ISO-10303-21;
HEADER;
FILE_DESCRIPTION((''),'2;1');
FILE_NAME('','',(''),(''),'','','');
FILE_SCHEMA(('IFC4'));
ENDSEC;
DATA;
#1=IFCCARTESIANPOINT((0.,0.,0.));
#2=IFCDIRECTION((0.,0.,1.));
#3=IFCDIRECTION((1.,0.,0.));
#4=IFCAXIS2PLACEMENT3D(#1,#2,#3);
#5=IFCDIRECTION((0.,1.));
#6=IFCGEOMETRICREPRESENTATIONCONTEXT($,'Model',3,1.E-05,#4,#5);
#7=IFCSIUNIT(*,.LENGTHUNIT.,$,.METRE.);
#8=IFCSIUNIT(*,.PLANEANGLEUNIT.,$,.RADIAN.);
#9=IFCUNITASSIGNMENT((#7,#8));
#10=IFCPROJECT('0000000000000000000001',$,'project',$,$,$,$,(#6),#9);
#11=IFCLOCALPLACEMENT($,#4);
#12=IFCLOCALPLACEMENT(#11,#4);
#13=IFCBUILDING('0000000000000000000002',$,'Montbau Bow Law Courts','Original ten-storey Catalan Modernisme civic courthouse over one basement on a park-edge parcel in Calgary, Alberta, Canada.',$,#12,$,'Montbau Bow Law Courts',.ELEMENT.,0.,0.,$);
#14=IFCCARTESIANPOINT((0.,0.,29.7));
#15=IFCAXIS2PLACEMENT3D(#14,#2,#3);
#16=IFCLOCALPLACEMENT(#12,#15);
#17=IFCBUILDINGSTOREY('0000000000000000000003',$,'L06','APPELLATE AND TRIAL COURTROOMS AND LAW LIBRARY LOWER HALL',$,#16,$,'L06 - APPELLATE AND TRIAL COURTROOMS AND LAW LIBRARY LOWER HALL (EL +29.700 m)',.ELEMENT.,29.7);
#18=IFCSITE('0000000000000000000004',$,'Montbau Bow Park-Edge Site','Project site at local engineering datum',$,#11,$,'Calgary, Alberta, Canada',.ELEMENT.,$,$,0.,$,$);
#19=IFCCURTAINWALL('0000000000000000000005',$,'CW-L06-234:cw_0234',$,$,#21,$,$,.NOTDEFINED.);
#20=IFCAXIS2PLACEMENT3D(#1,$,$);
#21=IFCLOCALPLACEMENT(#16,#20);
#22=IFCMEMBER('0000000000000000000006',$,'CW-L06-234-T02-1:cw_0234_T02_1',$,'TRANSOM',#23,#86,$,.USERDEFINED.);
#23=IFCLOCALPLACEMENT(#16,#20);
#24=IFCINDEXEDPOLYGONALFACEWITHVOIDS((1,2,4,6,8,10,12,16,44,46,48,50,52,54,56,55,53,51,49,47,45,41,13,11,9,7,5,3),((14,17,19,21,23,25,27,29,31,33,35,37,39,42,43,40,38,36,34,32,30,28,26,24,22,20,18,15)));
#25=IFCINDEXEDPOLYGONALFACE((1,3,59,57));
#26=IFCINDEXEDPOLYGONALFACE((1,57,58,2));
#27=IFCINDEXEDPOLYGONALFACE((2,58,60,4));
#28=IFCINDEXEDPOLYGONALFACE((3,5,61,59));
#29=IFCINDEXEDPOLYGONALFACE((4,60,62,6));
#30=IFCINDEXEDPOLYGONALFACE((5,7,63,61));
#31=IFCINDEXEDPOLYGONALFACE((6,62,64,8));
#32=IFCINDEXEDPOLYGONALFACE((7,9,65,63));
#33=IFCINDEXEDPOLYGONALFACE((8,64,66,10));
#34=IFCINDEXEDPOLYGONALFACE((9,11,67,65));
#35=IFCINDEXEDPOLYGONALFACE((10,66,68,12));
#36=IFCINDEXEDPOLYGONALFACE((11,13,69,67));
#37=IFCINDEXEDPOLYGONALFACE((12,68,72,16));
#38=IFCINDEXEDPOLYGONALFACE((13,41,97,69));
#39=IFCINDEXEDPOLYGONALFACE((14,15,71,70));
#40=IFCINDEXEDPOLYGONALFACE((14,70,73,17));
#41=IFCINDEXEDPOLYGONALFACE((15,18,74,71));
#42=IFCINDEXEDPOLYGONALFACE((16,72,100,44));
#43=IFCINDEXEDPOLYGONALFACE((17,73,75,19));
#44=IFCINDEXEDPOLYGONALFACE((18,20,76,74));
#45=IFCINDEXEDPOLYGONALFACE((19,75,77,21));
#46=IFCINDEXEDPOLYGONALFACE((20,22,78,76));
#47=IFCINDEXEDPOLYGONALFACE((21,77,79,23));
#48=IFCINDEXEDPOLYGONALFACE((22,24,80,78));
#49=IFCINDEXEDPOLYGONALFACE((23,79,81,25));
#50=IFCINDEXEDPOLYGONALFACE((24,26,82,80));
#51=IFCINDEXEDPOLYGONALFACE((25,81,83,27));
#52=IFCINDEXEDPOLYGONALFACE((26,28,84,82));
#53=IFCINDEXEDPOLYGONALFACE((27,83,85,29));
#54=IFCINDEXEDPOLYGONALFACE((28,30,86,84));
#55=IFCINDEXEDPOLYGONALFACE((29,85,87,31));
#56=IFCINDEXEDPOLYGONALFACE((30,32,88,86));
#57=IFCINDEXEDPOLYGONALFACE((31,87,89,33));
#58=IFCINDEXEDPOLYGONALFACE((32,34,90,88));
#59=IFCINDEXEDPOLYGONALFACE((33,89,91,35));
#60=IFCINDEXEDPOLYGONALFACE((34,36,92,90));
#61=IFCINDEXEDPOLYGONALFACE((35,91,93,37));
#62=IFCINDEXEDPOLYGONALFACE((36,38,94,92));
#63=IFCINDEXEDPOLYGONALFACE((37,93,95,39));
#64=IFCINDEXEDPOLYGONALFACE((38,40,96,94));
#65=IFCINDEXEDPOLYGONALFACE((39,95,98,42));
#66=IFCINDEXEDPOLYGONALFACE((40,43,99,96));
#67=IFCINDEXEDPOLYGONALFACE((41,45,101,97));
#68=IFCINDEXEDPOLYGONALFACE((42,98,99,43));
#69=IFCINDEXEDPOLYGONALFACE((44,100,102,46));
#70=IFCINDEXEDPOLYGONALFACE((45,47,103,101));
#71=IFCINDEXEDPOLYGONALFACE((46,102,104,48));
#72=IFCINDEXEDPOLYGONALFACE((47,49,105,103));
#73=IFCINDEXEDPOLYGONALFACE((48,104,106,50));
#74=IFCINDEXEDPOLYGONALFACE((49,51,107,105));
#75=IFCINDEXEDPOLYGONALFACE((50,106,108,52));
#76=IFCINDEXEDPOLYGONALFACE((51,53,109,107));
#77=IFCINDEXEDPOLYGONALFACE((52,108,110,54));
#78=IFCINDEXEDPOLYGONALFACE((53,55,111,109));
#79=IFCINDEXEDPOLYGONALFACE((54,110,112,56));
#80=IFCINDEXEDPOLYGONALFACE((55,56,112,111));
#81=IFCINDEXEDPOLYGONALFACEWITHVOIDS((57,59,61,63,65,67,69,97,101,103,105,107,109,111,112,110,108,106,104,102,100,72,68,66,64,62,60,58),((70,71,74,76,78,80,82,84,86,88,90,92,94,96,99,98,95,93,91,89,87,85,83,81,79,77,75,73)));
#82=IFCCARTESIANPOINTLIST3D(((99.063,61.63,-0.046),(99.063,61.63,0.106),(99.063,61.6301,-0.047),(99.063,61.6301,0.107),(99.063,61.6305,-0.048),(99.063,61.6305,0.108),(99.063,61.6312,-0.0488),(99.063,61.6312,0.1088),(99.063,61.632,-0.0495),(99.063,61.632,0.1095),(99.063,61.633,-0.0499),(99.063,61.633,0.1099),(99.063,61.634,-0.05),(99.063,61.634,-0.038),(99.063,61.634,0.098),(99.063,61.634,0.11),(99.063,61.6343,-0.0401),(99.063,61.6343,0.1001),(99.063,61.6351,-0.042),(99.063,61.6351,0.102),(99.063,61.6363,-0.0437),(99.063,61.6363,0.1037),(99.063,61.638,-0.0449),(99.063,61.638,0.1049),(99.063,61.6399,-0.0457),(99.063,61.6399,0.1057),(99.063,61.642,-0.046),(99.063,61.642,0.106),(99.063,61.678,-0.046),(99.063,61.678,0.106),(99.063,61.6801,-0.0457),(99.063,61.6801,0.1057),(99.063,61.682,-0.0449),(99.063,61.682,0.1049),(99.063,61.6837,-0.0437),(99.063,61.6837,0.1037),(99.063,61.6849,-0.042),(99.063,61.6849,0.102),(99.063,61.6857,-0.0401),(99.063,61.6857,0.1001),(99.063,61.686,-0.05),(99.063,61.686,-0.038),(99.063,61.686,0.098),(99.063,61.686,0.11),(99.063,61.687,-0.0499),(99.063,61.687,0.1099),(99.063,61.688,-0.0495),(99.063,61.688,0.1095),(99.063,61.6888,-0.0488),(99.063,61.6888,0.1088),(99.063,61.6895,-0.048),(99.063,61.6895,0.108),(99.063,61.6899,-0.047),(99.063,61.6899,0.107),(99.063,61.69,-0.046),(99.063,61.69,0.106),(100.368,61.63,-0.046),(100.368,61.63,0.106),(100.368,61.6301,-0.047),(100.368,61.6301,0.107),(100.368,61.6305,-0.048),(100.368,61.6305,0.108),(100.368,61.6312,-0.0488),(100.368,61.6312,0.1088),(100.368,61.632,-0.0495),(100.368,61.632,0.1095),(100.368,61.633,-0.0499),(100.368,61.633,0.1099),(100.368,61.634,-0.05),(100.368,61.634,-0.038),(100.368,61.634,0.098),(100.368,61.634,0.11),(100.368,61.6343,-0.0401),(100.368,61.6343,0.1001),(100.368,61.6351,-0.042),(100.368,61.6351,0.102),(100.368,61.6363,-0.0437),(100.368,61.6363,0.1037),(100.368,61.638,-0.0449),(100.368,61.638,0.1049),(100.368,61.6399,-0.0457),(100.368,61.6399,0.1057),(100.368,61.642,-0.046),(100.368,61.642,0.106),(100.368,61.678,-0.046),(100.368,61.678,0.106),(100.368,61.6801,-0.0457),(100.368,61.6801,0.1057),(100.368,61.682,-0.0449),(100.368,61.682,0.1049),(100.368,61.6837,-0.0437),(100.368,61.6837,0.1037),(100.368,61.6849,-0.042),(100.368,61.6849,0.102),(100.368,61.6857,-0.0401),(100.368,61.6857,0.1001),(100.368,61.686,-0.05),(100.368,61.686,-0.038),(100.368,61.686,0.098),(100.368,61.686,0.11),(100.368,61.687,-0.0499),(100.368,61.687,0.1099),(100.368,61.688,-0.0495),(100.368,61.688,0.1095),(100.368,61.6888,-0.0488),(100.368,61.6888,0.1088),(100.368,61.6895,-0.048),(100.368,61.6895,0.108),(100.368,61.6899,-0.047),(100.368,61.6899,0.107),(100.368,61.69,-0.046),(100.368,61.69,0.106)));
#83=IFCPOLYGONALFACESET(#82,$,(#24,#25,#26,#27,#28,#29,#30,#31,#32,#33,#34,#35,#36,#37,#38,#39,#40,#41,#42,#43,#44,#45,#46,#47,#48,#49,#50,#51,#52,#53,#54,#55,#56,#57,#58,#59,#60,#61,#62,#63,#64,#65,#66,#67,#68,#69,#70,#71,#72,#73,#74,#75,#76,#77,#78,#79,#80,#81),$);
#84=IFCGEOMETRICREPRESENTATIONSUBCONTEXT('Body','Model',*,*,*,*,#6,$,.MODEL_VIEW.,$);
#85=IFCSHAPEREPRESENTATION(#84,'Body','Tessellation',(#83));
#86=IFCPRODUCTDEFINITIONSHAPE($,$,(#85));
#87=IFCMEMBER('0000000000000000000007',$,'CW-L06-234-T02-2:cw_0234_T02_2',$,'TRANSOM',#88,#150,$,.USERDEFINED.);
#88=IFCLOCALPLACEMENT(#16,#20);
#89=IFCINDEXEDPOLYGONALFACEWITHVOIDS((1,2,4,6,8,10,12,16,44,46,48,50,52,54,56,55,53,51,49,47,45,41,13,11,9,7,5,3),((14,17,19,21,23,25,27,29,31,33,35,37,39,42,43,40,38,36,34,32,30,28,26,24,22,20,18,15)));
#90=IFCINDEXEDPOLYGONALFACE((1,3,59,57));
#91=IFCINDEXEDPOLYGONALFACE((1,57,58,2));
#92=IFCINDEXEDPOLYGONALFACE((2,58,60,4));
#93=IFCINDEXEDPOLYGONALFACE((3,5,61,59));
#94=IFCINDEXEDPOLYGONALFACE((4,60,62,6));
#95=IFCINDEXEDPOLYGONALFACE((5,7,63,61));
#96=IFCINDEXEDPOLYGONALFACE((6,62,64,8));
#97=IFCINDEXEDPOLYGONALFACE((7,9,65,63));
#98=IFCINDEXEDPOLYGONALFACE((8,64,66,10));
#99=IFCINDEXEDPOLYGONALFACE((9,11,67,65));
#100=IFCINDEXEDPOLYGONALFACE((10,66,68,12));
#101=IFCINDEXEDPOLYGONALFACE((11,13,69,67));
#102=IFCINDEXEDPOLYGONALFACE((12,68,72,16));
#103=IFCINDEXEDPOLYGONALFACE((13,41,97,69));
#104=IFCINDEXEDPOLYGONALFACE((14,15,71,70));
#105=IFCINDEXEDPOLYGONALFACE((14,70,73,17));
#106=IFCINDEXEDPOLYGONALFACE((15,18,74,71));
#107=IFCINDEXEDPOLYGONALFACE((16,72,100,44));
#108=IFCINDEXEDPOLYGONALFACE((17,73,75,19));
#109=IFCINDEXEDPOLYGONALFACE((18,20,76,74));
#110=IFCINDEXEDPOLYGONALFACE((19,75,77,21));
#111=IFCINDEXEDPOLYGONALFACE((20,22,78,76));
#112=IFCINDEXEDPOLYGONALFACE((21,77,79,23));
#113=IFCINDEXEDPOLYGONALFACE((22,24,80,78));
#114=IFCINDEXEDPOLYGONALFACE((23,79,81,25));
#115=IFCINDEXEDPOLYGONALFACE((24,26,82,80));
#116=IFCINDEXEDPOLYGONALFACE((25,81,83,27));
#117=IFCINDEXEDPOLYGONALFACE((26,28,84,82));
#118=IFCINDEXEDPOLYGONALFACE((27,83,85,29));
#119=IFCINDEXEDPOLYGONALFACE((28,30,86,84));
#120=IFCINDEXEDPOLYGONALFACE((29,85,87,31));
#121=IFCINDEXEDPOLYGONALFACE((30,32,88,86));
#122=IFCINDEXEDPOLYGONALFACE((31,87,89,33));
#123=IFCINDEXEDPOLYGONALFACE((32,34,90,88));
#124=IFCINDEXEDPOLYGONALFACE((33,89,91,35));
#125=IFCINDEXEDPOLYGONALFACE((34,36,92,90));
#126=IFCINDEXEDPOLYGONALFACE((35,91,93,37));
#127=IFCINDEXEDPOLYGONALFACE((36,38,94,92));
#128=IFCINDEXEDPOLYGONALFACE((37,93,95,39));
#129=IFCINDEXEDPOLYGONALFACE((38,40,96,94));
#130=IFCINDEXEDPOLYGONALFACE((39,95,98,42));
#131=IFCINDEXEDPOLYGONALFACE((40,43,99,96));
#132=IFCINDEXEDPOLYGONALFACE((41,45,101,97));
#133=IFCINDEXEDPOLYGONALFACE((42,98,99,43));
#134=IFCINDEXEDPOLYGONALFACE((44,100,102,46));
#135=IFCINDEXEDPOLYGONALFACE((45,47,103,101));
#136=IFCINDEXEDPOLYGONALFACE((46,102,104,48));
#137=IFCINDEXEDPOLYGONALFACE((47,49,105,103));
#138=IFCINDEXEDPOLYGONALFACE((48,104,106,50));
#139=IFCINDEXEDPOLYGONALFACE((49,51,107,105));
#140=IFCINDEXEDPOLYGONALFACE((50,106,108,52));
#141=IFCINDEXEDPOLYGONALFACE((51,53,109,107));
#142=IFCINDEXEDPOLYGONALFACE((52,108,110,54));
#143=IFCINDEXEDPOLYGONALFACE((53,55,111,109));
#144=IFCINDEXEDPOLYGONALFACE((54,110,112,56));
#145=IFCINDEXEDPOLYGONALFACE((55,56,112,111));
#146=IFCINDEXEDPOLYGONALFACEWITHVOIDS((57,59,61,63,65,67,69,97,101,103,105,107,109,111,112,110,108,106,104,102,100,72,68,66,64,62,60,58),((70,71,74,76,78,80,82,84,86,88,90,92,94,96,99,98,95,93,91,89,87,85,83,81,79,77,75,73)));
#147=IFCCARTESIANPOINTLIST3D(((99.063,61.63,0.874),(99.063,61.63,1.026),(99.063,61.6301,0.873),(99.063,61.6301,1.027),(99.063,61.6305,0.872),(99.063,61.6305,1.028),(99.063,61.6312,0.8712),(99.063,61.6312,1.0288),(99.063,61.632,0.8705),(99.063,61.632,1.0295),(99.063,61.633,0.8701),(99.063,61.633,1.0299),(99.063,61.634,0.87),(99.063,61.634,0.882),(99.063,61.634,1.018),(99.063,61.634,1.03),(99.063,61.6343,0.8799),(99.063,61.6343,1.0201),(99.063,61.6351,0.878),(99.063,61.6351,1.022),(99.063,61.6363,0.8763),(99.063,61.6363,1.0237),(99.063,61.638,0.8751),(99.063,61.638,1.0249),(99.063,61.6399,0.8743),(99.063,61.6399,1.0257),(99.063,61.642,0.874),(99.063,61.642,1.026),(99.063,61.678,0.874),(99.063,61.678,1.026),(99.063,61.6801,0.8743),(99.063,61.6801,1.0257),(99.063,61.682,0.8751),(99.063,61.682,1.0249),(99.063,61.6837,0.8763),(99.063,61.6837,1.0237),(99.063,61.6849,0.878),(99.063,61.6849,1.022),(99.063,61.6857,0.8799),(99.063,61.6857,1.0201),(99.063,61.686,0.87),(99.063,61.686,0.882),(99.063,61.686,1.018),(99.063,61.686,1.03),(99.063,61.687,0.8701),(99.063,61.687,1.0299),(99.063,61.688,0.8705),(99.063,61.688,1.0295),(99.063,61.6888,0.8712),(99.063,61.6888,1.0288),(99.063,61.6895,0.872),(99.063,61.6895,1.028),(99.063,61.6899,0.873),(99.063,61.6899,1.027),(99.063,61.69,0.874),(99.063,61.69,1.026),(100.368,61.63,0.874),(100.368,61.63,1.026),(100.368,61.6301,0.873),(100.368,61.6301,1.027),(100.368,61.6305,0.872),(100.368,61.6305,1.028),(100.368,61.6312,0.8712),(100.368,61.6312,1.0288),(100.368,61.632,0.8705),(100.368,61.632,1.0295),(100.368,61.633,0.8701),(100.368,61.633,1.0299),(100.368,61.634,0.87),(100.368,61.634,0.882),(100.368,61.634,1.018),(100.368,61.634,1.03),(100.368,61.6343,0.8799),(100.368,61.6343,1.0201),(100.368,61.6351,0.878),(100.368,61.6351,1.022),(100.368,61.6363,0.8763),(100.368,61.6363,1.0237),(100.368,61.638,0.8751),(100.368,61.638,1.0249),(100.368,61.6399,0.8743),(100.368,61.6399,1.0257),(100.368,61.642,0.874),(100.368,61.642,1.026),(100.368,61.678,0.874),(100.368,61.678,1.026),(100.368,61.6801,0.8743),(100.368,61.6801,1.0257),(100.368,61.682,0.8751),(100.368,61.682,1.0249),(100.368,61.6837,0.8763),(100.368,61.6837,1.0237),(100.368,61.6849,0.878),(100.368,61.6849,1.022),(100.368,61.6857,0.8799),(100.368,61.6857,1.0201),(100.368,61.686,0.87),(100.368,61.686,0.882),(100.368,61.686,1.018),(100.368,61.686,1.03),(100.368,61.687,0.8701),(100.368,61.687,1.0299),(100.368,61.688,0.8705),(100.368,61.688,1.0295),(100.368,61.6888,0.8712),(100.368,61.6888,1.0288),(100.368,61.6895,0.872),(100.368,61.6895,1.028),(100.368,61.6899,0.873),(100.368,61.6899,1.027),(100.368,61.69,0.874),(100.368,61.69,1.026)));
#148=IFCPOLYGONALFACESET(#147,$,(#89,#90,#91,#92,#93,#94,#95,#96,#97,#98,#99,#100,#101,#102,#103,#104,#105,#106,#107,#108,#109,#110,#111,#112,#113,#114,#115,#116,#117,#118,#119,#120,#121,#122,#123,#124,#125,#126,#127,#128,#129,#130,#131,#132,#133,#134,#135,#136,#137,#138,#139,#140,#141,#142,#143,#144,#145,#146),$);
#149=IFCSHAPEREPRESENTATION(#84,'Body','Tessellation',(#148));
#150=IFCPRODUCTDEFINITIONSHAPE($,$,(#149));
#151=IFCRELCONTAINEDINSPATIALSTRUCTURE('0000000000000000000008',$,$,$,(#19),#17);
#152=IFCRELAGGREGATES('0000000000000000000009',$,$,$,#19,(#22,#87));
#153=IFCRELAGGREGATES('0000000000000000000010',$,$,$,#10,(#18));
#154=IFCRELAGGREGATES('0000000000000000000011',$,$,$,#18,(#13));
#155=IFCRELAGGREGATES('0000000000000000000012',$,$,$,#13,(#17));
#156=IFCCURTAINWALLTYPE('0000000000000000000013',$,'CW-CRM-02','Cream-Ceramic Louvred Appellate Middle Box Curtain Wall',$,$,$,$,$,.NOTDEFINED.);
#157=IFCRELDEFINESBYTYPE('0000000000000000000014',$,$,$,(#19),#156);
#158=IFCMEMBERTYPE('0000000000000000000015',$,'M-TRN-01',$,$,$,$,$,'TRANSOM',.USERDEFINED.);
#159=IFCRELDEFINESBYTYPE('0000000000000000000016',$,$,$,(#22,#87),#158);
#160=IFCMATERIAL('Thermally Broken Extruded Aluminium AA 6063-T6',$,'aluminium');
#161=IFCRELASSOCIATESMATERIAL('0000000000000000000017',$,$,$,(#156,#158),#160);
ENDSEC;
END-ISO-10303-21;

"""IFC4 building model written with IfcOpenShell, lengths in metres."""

from ifc_helpers import new_model, si_unit, direction, frame, origin_with_axes, origin_2d_with_axis, place, context, subcontext, project, spatial, hollow_rectangle, extrude, material, material_profile, profile_set, type_object, element, aggregate, save


model = new_model("IFC4")

# Units and contexts
model_context = context("Model", 3, precision=1e-05, world=origin_with_axes(), true_north=direction((0.0, 1.0)))
body_context = subcontext(model_context, "Body", "Model", "MODEL_VIEW")
ifc_project = project(units=[si_unit("LENGTHUNIT", "METRE"), si_unit("PLANEANGLEUNIT", "RADIAN")], contexts=[model_context])

# Site, building, storey
site_placement = place(None, origin_with_axes())
site = spatial("IfcSite", under=ifc_project, at=site_placement, Name="Montbau Bow Park-Edge Site", Description="Project site at local engineering datum", LongName="Calgary, Alberta, Canada", CompositionType="ELEMENT", RefElevation=0.0)
building_placement = place(site_placement, origin_with_axes())
building = spatial("IfcBuilding", under=site, at=building_placement, Name="Montbau Bow Law Courts", Description="Original ten-storey Catalan Modernisme civic courthouse over one basement on a park-edge parcel in Calgary, Alberta, Canada.", LongName="Montbau Bow Law Courts", CompositionType="ELEMENT", ElevationOfRefHeight=0.0, ElevationOfTerrain=0.0)
storey_placement = place(building_placement, frame((0.0, 0.0, 29.7), z_axis=(0.0, 0.0, 1.0), x_axis=(1.0, 0.0, 0.0)))
storey = spatial("IfcBuildingStorey", under=building, at=storey_placement, Name="L06", Description="APPELLATE AND TRIAL COURTROOMS AND LAW LIBRARY LOWER HALL", LongName="L06 - APPELLATE AND TRIAL COURTROOMS AND LAW LIBRARY LOWER HALL (EL +29.700 m)", CompositionType="ELEMENT", Elevation=29.7)

# Curtain wall, members
ifc_material_1 = material(Name="Thermally Broken Extruded Aluminium AA 6063-T6", Category="aluminium")
curtain_wall_type = type_object("IfcCurtainWallType", Name="CW-CRM-02", Description="Cream-Ceramic Louvred Appellate Middle Box Curtain Wall", PredefinedType="NOTDEFINED", material=ifc_material_1)
curtain_wall_placement = place(None, frame((97.64, 61.66, 29.7), z_axis=(0.0, 0.0, 1.0), x_axis=(1.0, 0.0, 0.0)))
curtain_wall = element("IfcCurtainWall", 1, at=curtain_wall_placement, inside=storey, type_object=curtain_wall_type, Name="CW-L06-234:cw_0234", PredefinedType="NOTDEFINED")
ifc_material_profile_1 = material_profile(ifc_material_1, hollow_rectangle(XDim=0.06, YDim=0.16, WallThickness=0.004, InnerFilletRadius=0.008, OuterFilletRadius=0.004, at=origin_2d_with_axis()), Name="CWT-160X60", Category="Main", Priority=0)
ifc_profile_set_1 = profile_set([ifc_material_profile_1], Name="Thermally Broken Extruded Aluminium AA 6063-T6")
member_type_1 = type_object("IfcMemberType", Name="M-TRN-01", ElementType="TRANSOM", PredefinedType="USERDEFINED", material=ifc_profile_set_1)
member_1_placement = place(None, frame((99.063, 61.66, 29.73), z_axis=(1.0, 0.0, 0.0), x_axis=(0.0, 1.0, 0.0)))
member_1 = element("IfcMember", 2, at=member_1_placement, type_object=member_type_1, Name="CW-L06-234-T02-1:cw_0234_T02_1", ObjectType="TRANSOM", PredefinedType="USERDEFINED", context=body_context, shape_type="SweptSolid", body=[
    extrude(hollow_rectangle(XDim=0.06, YDim=0.16, WallThickness=0.004, InnerFilletRadius=0.008, OuterFilletRadius=0.004, at=origin_2d_with_axis()), origin_with_axes(), (0.0, 0.0, 1.0), 1.305),
])
member_2_placement = place(None, frame((99.063, 61.66, 30.65), z_axis=(1.0, 0.0, 0.0), x_axis=(0.0, 1.0, 0.0)))
member_2 = element("IfcMember", 3, at=member_2_placement, type_object=member_type_1, Name="CW-L06-234-T02-2:cw_0234_T02_2", ObjectType="TRANSOM", PredefinedType="USERDEFINED", context=body_context, shape_type="SweptSolid", body=[
    extrude(hollow_rectangle(XDim=0.06, YDim=0.16, WallThickness=0.004, InnerFilletRadius=0.008, OuterFilletRadius=0.004, at=origin_2d_with_axis()), origin_with_axes(), (0.0, 0.0, 1.0), 1.305),
])
aggregate(curtain_wall, [member_1, member_2])

save(model, "model.ifc")
